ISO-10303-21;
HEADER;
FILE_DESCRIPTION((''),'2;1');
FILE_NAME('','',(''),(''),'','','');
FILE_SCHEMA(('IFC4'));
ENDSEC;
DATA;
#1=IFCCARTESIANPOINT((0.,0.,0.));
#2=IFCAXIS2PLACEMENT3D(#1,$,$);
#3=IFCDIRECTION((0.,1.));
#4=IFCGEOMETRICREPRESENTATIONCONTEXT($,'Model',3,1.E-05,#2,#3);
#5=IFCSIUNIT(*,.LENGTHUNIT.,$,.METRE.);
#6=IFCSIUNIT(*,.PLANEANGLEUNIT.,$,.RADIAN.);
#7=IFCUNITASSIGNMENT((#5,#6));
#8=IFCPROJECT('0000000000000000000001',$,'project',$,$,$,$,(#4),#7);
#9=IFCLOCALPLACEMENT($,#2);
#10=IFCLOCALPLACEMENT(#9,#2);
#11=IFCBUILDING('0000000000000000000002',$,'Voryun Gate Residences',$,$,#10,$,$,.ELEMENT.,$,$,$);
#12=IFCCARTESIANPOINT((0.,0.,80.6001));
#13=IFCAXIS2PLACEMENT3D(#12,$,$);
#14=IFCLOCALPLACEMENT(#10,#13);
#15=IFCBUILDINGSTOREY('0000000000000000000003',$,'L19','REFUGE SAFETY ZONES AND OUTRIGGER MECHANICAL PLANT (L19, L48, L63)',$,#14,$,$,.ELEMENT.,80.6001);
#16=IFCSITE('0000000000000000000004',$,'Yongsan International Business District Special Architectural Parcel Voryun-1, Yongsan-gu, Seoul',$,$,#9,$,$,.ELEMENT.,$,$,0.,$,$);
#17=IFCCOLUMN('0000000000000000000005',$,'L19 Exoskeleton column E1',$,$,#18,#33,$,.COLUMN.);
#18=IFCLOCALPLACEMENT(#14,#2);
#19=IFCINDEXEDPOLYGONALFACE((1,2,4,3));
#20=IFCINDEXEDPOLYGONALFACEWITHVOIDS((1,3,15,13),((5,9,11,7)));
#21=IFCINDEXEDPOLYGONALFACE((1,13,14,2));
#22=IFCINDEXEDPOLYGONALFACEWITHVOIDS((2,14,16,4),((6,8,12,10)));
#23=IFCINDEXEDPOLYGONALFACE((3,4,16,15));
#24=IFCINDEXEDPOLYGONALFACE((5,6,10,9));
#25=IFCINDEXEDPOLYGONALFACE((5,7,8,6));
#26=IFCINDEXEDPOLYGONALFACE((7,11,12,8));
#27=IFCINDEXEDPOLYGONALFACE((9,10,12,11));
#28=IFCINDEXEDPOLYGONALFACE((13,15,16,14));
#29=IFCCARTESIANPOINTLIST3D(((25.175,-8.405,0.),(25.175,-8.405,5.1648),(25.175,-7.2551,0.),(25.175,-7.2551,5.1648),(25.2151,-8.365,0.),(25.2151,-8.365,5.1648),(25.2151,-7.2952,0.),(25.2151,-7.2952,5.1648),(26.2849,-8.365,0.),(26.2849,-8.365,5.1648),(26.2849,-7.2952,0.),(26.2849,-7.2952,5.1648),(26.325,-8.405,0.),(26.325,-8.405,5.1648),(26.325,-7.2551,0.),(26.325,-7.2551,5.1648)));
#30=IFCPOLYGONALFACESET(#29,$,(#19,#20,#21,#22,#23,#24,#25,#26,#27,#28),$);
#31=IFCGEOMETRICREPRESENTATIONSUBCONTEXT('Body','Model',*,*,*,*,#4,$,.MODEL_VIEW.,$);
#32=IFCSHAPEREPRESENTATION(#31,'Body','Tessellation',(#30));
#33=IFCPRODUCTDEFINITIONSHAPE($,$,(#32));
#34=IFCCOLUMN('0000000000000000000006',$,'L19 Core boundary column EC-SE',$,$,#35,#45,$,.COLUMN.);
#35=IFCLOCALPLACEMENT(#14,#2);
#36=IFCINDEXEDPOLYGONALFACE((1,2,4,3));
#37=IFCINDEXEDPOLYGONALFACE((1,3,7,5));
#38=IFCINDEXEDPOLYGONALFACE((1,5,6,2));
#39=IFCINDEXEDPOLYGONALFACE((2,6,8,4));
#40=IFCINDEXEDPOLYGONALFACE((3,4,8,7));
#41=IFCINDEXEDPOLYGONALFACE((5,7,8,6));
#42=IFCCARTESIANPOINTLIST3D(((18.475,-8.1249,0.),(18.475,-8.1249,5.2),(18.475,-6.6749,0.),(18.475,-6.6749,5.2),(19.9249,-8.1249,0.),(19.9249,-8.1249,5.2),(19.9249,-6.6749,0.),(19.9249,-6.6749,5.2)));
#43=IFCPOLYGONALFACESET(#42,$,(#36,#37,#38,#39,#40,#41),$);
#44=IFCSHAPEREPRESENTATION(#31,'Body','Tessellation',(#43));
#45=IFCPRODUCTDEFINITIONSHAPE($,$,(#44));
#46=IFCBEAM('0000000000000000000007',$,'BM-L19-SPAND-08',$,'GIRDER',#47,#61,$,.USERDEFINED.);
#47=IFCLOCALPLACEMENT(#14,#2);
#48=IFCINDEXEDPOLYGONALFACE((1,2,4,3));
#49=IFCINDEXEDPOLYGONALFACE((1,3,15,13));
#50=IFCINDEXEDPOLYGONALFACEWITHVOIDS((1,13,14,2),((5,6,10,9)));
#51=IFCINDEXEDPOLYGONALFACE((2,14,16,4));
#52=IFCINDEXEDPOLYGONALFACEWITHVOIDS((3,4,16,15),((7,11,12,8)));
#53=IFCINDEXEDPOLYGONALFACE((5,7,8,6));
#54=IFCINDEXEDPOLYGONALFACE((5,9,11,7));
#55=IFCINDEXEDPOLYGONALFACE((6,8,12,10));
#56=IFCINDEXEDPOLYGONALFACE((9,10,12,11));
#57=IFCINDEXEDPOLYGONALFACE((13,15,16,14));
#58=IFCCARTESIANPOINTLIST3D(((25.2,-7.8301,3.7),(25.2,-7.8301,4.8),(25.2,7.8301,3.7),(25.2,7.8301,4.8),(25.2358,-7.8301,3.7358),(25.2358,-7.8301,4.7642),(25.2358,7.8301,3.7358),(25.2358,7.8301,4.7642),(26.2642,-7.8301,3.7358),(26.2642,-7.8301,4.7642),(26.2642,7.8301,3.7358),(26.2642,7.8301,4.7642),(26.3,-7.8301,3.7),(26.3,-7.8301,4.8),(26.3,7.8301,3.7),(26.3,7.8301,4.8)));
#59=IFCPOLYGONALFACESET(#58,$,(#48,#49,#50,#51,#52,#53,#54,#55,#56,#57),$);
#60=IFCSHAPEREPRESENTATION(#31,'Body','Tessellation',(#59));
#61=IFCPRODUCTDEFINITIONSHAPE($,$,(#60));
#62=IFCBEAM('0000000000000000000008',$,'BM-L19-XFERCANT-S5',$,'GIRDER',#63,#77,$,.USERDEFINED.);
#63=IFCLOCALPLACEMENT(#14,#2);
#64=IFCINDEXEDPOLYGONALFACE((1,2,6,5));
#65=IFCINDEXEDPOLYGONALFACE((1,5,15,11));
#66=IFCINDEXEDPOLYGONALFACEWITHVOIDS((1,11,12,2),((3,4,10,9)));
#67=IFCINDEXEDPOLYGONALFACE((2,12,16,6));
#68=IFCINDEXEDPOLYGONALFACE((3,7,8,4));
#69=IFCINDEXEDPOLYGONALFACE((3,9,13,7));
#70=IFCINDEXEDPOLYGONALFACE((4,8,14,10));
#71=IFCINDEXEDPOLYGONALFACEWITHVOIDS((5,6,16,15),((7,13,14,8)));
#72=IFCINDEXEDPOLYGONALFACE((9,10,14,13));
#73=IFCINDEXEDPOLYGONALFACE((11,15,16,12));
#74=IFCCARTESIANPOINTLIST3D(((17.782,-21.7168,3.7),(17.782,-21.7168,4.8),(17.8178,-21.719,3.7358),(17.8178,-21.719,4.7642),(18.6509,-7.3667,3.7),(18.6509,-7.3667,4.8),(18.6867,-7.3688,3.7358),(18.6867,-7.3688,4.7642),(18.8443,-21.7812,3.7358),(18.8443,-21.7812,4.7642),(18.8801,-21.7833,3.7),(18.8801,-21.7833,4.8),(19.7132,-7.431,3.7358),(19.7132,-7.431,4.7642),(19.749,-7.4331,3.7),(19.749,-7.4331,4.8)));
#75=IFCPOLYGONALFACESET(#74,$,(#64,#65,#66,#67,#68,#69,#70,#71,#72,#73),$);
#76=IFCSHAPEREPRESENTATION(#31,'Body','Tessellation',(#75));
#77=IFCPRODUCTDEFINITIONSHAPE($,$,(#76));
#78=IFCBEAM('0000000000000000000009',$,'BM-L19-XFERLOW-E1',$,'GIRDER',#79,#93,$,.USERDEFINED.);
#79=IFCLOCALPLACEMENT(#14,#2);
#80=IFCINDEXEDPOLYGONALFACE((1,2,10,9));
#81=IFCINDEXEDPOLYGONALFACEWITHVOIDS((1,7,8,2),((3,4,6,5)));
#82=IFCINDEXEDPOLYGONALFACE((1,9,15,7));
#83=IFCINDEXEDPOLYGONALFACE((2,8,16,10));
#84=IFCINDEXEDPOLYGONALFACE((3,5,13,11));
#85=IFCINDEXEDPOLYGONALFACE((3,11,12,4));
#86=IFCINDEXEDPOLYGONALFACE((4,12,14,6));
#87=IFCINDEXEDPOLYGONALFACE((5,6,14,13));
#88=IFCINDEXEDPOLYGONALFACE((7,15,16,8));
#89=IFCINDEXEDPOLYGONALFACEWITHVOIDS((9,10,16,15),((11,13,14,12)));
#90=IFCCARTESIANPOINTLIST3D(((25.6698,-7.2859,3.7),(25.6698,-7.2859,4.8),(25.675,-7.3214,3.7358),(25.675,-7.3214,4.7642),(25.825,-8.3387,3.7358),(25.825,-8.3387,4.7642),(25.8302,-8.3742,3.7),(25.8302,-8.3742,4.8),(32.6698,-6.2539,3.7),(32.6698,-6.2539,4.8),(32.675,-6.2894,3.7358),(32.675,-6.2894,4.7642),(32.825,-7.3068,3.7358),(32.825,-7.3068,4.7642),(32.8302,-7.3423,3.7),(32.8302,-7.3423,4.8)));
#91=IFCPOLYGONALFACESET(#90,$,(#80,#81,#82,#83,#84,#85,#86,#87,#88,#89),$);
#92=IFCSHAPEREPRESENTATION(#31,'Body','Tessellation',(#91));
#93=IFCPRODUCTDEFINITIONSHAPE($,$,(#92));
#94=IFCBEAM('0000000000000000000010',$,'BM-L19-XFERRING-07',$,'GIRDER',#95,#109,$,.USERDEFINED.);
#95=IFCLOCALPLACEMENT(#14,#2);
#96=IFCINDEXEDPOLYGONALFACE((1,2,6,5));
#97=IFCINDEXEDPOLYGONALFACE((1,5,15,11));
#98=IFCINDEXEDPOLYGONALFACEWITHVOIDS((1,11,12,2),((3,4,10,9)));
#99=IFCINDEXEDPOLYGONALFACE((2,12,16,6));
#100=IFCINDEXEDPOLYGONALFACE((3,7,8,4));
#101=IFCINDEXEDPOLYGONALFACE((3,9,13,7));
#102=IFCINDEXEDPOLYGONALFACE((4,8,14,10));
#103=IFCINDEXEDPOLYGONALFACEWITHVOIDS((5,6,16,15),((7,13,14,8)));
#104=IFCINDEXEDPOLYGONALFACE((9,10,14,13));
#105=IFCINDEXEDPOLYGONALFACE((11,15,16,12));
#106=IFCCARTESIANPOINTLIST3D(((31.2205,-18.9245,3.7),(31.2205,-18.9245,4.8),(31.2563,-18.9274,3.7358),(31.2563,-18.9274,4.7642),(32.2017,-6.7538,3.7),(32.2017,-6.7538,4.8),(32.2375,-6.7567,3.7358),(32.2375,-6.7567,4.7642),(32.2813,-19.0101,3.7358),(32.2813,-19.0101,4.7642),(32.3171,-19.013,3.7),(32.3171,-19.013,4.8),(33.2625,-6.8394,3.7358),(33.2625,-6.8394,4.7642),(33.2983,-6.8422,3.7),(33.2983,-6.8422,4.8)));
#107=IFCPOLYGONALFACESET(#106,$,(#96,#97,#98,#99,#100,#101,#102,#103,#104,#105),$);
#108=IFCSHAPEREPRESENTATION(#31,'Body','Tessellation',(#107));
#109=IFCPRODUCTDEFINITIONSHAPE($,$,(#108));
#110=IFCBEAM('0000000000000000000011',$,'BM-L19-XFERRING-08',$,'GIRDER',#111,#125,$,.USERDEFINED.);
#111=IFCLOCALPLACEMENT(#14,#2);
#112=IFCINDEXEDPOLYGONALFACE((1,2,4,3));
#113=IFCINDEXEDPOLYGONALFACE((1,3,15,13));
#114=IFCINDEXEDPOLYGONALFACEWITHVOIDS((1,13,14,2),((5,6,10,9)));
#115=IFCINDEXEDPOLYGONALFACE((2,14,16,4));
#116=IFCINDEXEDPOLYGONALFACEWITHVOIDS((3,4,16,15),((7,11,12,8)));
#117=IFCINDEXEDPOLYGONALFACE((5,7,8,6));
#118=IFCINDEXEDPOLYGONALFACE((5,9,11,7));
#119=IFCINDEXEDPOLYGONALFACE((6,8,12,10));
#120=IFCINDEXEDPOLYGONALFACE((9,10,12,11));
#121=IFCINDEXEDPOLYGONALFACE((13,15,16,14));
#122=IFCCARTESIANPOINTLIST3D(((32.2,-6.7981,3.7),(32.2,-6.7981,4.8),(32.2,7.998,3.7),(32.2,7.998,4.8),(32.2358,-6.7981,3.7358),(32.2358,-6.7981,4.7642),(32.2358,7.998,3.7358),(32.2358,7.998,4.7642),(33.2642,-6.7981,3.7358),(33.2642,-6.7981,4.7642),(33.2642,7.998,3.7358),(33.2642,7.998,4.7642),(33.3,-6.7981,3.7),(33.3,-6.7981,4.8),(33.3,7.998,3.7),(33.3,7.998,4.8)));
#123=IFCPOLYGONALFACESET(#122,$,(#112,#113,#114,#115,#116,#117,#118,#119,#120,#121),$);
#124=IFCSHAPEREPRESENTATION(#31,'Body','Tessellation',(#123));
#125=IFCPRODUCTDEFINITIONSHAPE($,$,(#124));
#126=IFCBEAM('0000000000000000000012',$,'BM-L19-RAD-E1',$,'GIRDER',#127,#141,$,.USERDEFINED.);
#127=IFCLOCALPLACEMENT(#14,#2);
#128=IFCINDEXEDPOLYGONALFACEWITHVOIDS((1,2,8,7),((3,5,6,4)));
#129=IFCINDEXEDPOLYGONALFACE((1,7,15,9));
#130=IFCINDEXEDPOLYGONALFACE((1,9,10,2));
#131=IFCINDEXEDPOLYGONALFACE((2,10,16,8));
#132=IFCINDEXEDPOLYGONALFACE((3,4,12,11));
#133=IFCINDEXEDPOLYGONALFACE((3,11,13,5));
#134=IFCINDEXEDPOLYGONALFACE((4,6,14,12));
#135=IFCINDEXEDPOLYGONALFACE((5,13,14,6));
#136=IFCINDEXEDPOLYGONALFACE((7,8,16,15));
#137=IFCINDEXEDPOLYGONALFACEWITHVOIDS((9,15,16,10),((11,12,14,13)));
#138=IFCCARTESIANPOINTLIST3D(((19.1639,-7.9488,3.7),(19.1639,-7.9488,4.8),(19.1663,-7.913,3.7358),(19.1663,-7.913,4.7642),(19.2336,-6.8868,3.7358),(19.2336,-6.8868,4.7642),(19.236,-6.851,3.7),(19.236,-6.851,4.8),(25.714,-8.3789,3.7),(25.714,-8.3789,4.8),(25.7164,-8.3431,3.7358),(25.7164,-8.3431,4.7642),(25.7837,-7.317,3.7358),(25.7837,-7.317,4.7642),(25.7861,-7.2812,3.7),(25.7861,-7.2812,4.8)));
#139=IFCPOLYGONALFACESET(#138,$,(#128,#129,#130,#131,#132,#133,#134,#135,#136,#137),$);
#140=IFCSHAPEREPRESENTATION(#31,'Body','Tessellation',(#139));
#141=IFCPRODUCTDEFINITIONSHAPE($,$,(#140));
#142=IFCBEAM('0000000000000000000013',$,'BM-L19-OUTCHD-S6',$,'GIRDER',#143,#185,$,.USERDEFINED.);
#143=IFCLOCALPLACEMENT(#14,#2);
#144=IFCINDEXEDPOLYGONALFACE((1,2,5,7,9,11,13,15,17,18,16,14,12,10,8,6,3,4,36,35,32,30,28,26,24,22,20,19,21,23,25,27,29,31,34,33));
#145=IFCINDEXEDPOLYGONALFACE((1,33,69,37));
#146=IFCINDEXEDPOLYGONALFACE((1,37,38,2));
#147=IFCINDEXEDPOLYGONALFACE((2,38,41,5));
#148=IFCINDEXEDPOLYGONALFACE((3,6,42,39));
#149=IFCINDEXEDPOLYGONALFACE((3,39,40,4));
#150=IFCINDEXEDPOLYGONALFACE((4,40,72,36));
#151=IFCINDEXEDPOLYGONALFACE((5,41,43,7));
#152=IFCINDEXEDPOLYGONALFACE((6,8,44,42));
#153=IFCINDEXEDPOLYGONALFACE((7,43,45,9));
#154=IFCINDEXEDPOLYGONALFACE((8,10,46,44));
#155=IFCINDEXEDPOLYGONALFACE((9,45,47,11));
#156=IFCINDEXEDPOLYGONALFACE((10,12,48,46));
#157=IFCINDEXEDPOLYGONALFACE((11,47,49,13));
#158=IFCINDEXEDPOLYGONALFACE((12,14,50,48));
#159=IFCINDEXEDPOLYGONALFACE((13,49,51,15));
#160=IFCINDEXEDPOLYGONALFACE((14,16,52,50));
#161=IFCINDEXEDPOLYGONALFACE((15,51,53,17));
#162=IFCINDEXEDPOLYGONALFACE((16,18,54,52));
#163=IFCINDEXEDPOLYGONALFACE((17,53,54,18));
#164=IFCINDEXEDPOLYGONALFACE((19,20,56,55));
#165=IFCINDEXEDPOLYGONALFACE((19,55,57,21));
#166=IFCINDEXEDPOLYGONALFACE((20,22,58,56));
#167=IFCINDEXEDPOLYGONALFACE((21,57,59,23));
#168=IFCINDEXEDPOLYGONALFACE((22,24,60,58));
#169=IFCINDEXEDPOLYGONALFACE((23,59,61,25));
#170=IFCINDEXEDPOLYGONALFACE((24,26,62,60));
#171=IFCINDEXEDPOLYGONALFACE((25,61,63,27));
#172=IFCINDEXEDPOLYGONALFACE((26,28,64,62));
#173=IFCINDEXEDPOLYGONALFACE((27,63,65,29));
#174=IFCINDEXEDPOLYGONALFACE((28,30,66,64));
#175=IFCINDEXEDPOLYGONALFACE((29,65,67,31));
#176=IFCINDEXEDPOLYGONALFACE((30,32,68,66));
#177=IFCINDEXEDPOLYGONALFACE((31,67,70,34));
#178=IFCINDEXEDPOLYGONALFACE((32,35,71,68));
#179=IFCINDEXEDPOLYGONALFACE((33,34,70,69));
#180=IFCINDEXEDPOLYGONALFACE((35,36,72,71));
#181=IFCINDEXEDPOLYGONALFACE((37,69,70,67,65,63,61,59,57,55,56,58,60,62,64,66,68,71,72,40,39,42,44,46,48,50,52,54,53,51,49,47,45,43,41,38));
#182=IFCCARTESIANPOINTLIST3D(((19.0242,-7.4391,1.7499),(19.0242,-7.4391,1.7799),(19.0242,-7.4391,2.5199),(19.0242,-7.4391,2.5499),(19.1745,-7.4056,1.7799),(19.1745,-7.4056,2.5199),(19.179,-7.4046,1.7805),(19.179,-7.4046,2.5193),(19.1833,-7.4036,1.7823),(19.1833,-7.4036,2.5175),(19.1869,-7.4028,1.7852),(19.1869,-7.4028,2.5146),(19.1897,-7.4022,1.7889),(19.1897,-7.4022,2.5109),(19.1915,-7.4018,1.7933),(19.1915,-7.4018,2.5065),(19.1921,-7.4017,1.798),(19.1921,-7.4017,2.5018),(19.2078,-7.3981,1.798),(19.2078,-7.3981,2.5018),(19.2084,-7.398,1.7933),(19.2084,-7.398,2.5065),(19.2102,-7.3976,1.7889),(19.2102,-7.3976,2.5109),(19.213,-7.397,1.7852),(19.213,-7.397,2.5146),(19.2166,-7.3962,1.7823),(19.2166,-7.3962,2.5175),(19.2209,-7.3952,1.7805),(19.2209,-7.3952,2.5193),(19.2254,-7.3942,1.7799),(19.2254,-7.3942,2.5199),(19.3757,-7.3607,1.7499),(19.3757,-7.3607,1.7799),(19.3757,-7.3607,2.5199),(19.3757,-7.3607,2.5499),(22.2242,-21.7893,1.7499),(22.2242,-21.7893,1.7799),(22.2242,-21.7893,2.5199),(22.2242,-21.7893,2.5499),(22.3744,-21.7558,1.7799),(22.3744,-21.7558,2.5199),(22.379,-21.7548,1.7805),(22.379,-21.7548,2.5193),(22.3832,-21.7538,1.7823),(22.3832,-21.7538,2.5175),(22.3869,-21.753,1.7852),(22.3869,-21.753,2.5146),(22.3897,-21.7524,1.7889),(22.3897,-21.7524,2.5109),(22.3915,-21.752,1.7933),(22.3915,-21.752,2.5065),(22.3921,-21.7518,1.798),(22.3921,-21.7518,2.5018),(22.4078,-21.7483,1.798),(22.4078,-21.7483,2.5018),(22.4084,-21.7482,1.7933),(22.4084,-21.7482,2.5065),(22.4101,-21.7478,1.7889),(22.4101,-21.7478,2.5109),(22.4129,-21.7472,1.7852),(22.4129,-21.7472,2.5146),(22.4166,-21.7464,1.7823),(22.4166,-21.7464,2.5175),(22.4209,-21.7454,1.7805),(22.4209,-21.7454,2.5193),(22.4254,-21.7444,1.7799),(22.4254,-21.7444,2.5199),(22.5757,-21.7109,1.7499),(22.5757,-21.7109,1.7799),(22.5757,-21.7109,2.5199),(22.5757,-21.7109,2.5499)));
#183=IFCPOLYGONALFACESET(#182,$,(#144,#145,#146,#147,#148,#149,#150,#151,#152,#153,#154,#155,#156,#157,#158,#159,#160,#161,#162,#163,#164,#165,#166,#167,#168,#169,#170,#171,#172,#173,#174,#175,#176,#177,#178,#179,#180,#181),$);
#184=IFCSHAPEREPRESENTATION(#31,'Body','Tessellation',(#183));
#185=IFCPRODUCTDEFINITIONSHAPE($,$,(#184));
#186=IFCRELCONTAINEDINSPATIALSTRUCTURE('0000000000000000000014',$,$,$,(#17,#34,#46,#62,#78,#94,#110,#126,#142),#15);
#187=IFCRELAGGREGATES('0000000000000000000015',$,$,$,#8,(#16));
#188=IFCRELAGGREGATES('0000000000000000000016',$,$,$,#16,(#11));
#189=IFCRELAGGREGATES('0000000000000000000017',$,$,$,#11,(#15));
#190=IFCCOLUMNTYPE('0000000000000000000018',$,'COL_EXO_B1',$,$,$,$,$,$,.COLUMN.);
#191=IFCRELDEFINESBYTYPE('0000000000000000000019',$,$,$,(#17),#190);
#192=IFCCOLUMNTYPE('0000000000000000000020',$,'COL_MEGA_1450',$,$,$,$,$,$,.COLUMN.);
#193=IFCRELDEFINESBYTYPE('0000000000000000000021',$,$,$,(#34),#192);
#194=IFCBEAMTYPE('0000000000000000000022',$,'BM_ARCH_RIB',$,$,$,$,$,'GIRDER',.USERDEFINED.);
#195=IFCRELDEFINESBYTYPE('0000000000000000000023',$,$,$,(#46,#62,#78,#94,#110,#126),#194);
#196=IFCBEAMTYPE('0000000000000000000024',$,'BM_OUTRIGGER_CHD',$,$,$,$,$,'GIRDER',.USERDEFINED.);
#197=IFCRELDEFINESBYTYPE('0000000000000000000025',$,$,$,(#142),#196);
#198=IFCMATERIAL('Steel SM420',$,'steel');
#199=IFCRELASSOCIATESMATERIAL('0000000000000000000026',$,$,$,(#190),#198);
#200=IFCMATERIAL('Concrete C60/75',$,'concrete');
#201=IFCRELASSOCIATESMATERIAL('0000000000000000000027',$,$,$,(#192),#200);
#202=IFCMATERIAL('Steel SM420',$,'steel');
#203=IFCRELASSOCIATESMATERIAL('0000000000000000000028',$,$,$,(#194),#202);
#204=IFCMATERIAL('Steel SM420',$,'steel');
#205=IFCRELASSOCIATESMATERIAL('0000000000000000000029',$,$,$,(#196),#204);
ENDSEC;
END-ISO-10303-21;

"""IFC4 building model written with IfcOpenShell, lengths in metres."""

from ifc_helpers import new_model, si_unit, direction, frame, origin, origin_2d, place, context, subcontext, project, spatial, rectangle, hollow_rectangle, i_section, extrude, material, material_profile, profile_set, type_object, element, save


model = new_model("IFC4")

# Units and contexts
model_context = context("Model", 3, precision=1e-05, world=origin(), true_north=direction((0.0, 1.0)))
body_context = subcontext(model_context, "Body", "Model", "MODEL_VIEW")
ifc_project = project(units=[si_unit("LENGTHUNIT", "METRE"), si_unit("PLANEANGLEUNIT", "RADIAN")], contexts=[model_context])

# Site, building, storey
site_placement = place(None, origin())
site = spatial("IfcSite", under=ifc_project, at=site_placement, Name="Yongsan International Business District Special Architectural Parcel Voryun-1, Yongsan-gu, Seoul", CompositionType="ELEMENT", RefElevation=0.0)
building_placement = place(site_placement, origin())
building = spatial("IfcBuilding", under=site, at=building_placement, Name="Voryun Gate Residences", CompositionType="ELEMENT")
storey_placement = place(building_placement, frame((0.0, 0.0, 80.6001)))
storey = spatial("IfcBuildingStorey", under=building, at=storey_placement, Name="L19", Description="REFUGE SAFETY ZONES AND OUTRIGGER MECHANICAL PLANT (L19, L48, L63)", CompositionType="ELEMENT", Elevation=80.6001)

# Columns
ifc_material_1 = material(Name="Steel SM420", Category="steel")
ifc_material_profile_1 = material_profile(ifc_material_1, hollow_rectangle(XDim=1.1499, YDim=1.1499, WallThickness=0.04, at=origin_2d()), Name="BOX-1150x1150x40")
ifc_profile_set_1 = profile_set([ifc_material_profile_1], Name="Steel SM420")
column_type_1 = type_object("IfcColumnType", Name="COL_EXO_B1", PredefinedType="COLUMN", material=ifc_profile_set_1)
column_1_placement = place(storey_placement, frame((25.75, -7.8301, 0.0), z_axis=(0.0, 0.0, 1.0), x_axis=(1.0, 0.0, 0.0)))
element("IfcColumn", 1, at=column_1_placement, inside=storey, type_object=column_type_1, Name="L19 Exoskeleton column E1", PredefinedType="COLUMN", context=body_context, shape_type="SweptSolid", body=[
    extrude(hollow_rectangle(XDim=1.1499, YDim=1.1499, WallThickness=0.04, at=origin_2d()), origin(), (0.0, 0.0, 1.0), 5.1648),
])
ifc_material_2 = material(Name="Concrete C60/75", Category="concrete")
ifc_material_profile_2 = material_profile(ifc_material_2, rectangle(XDim=1.45, YDim=1.45, at=origin_2d()), Name="RC-1450x1450")
ifc_profile_set_2 = profile_set([ifc_material_profile_2], Name="Concrete C60/75")
column_type_2 = type_object("IfcColumnType", Name="COL_MEGA_1450", PredefinedType="COLUMN", material=ifc_profile_set_2)
column_2_placement = place(storey_placement, frame((19.2, -7.3999, 0.0), z_axis=(0.0, 0.0, 1.0), x_axis=(1.0, 0.0, 0.0)))
element("IfcColumn", 2, at=column_2_placement, inside=storey, type_object=column_type_2, Name="L19 Core boundary column EC-SE", PredefinedType="COLUMN", context=body_context, shape_type="SweptSolid", body=[
    extrude(rectangle(XDim=1.45, YDim=1.45, at=origin_2d()), origin(), (0.0, 0.0, 1.0), 5.2),
])

# Beams
ifc_material_3 = material(Name="Steel SM420", Category="steel")
ifc_material_profile_3 = material_profile(ifc_material_3, hollow_rectangle(XDim=1.1001, YDim=1.1001, WallThickness=0.0359, at=origin_2d()), Name="BOX-1100x1100x36")
ifc_profile_set_3 = profile_set([ifc_material_profile_3], Name="Steel SM420")
beam_type_1 = type_object("IfcBeamType", Name="BM_ARCH_RIB", ElementType="GIRDER", PredefinedType="USERDEFINED", material=ifc_profile_set_3)
beam_1_placement = place(storey_placement, frame((25.75, -7.8301, 4.25), z_axis=(0.0, 1.0, 0.0), x_axis=(-1.0, 0.0, 0.0)))
element("IfcBeam", 3, at=beam_1_placement, inside=storey, type_object=beam_type_1, Name="BM-L19-SPAND-08", ObjectType="GIRDER", PredefinedType="USERDEFINED", context=body_context, shape_type="SweptSolid", body=[
    extrude(hollow_rectangle(XDim=1.1001, YDim=1.1001, WallThickness=0.0359, at=origin_2d()), origin(), (0.0, 0.0, 1.0), 15.6602),
])
beam_2_placement = place(storey_placement, frame((19.2, -7.3999, 4.25), z_axis=(-0.060439, -0.998172, 0.0), x_axis=(0.998172, -0.060439, 0.0)))
element("IfcBeam", 4, at=beam_2_placement, inside=storey, type_object=beam_type_1, Name="BM-L19-XFERCANT-S5", ObjectType="GIRDER", PredefinedType="USERDEFINED", context=body_context, shape_type="SweptSolid", body=[
    extrude(hollow_rectangle(XDim=1.1001, YDim=1.1001, WallThickness=0.0359, at=origin_2d()), origin(), (0.0, 0.0, 1.0), 14.3765),
])
beam_3_placement = place(storey_placement, frame((25.75, -7.8301, 4.25), z_axis=(0.989307, 0.14585, 0.0), x_axis=(-0.14585, 0.989307, 0.0)))
element("IfcBeam", 5, at=beam_3_placement, inside=storey, type_object=beam_type_1, Name="BM-L19-XFERLOW-E1", ObjectType="GIRDER", PredefinedType="USERDEFINED", context=body_context, shape_type="SweptSolid", body=[
    extrude(hollow_rectangle(XDim=1.1001, YDim=1.1001, WallThickness=0.0359, at=origin_2d()), origin(), (0.0, 0.0, 1.0), 7.0757),
])
beam_4_placement = place(storey_placement, frame((31.7688, -18.9688, 4.25), z_axis=(0.08036, 0.996766, 0.0), x_axis=(-0.996766, 0.08036, 0.0)))
element("IfcBeam", 6, at=beam_4_placement, inside=storey, type_object=beam_type_1, Name="BM-L19-XFERRING-07", ObjectType="GIRDER", PredefinedType="USERDEFINED", context=body_context, shape_type="SweptSolid", body=[
    extrude(hollow_rectangle(XDim=1.1001, YDim=1.1001, WallThickness=0.0359, at=origin_2d()), origin(), (0.0, 0.0, 1.0), 12.2102),
])
beam_5_placement = place(storey_placement, frame((32.75, -6.7981, 4.25), z_axis=(0.0, 1.0, 0.0), x_axis=(-1.0, 0.0, 0.0)))
element("IfcBeam", 7, at=beam_5_placement, inside=storey, type_object=beam_type_1, Name="BM-L19-XFERRING-08", ObjectType="GIRDER", PredefinedType="USERDEFINED", context=body_context, shape_type="SweptSolid", body=[
    extrude(hollow_rectangle(XDim=1.1001, YDim=1.1001, WallThickness=0.0359, at=origin_2d()), origin(), (0.0, 0.0, 1.0), 14.7961),
])
beam_6_placement = place(storey_placement, frame((19.2, -7.3999, 4.25), z_axis=(0.99785, -0.065534, 0.0), x_axis=(0.065534, 0.99785, 0.0)))
element("IfcBeam", 8, at=beam_6_placement, inside=storey, type_object=beam_type_1, Name="BM-L19-RAD-E1", ObjectType="GIRDER", PredefinedType="USERDEFINED", context=body_context, shape_type="SweptSolid", body=[
    extrude(hollow_rectangle(XDim=1.1001, YDim=1.1001, WallThickness=0.0359, at=origin_2d()), origin(), (0.0, 0.0, 1.0), 6.5642),
])
ifc_material_4 = material(Name="Steel SM420", Category="steel")
ifc_material_profile_4 = material_profile(ifc_material_4, i_section(OverallWidth=0.3601, OverallDepth=0.8, WebThickness=0.0161, FlangeThickness=0.03, FilletRadius=0.0181, at=origin_2d()), Name="H-800x360x16x30")
ifc_profile_set_4 = profile_set([ifc_material_profile_4], Name="Steel SM420")
beam_type_2 = type_object("IfcBeamType", Name="BM_OUTRIGGER_CHD", ElementType="GIRDER", PredefinedType="USERDEFINED", material=ifc_profile_set_4)
beam_7_placement = place(storey_placement, frame((19.2, -7.3999, 2.1499), z_axis=(0.217646, -0.976028, 0.0), x_axis=(0.976028, 0.217646, 0.0)))
element("IfcBeam", 9, at=beam_7_placement, inside=storey, type_object=beam_type_2, Name="BM-L19-OUTCHD-S6", ObjectType="GIRDER", PredefinedType="USERDEFINED", context=body_context, shape_type="SweptSolid", body=[
    extrude(i_section(OverallWidth=0.3601, OverallDepth=0.8, WebThickness=0.0161, FlangeThickness=0.03, FilletRadius=0.0181, at=origin_2d()), origin(), (0.0, 0.0, 1.0), 14.7026),
])

save(model, "model.ifc")
